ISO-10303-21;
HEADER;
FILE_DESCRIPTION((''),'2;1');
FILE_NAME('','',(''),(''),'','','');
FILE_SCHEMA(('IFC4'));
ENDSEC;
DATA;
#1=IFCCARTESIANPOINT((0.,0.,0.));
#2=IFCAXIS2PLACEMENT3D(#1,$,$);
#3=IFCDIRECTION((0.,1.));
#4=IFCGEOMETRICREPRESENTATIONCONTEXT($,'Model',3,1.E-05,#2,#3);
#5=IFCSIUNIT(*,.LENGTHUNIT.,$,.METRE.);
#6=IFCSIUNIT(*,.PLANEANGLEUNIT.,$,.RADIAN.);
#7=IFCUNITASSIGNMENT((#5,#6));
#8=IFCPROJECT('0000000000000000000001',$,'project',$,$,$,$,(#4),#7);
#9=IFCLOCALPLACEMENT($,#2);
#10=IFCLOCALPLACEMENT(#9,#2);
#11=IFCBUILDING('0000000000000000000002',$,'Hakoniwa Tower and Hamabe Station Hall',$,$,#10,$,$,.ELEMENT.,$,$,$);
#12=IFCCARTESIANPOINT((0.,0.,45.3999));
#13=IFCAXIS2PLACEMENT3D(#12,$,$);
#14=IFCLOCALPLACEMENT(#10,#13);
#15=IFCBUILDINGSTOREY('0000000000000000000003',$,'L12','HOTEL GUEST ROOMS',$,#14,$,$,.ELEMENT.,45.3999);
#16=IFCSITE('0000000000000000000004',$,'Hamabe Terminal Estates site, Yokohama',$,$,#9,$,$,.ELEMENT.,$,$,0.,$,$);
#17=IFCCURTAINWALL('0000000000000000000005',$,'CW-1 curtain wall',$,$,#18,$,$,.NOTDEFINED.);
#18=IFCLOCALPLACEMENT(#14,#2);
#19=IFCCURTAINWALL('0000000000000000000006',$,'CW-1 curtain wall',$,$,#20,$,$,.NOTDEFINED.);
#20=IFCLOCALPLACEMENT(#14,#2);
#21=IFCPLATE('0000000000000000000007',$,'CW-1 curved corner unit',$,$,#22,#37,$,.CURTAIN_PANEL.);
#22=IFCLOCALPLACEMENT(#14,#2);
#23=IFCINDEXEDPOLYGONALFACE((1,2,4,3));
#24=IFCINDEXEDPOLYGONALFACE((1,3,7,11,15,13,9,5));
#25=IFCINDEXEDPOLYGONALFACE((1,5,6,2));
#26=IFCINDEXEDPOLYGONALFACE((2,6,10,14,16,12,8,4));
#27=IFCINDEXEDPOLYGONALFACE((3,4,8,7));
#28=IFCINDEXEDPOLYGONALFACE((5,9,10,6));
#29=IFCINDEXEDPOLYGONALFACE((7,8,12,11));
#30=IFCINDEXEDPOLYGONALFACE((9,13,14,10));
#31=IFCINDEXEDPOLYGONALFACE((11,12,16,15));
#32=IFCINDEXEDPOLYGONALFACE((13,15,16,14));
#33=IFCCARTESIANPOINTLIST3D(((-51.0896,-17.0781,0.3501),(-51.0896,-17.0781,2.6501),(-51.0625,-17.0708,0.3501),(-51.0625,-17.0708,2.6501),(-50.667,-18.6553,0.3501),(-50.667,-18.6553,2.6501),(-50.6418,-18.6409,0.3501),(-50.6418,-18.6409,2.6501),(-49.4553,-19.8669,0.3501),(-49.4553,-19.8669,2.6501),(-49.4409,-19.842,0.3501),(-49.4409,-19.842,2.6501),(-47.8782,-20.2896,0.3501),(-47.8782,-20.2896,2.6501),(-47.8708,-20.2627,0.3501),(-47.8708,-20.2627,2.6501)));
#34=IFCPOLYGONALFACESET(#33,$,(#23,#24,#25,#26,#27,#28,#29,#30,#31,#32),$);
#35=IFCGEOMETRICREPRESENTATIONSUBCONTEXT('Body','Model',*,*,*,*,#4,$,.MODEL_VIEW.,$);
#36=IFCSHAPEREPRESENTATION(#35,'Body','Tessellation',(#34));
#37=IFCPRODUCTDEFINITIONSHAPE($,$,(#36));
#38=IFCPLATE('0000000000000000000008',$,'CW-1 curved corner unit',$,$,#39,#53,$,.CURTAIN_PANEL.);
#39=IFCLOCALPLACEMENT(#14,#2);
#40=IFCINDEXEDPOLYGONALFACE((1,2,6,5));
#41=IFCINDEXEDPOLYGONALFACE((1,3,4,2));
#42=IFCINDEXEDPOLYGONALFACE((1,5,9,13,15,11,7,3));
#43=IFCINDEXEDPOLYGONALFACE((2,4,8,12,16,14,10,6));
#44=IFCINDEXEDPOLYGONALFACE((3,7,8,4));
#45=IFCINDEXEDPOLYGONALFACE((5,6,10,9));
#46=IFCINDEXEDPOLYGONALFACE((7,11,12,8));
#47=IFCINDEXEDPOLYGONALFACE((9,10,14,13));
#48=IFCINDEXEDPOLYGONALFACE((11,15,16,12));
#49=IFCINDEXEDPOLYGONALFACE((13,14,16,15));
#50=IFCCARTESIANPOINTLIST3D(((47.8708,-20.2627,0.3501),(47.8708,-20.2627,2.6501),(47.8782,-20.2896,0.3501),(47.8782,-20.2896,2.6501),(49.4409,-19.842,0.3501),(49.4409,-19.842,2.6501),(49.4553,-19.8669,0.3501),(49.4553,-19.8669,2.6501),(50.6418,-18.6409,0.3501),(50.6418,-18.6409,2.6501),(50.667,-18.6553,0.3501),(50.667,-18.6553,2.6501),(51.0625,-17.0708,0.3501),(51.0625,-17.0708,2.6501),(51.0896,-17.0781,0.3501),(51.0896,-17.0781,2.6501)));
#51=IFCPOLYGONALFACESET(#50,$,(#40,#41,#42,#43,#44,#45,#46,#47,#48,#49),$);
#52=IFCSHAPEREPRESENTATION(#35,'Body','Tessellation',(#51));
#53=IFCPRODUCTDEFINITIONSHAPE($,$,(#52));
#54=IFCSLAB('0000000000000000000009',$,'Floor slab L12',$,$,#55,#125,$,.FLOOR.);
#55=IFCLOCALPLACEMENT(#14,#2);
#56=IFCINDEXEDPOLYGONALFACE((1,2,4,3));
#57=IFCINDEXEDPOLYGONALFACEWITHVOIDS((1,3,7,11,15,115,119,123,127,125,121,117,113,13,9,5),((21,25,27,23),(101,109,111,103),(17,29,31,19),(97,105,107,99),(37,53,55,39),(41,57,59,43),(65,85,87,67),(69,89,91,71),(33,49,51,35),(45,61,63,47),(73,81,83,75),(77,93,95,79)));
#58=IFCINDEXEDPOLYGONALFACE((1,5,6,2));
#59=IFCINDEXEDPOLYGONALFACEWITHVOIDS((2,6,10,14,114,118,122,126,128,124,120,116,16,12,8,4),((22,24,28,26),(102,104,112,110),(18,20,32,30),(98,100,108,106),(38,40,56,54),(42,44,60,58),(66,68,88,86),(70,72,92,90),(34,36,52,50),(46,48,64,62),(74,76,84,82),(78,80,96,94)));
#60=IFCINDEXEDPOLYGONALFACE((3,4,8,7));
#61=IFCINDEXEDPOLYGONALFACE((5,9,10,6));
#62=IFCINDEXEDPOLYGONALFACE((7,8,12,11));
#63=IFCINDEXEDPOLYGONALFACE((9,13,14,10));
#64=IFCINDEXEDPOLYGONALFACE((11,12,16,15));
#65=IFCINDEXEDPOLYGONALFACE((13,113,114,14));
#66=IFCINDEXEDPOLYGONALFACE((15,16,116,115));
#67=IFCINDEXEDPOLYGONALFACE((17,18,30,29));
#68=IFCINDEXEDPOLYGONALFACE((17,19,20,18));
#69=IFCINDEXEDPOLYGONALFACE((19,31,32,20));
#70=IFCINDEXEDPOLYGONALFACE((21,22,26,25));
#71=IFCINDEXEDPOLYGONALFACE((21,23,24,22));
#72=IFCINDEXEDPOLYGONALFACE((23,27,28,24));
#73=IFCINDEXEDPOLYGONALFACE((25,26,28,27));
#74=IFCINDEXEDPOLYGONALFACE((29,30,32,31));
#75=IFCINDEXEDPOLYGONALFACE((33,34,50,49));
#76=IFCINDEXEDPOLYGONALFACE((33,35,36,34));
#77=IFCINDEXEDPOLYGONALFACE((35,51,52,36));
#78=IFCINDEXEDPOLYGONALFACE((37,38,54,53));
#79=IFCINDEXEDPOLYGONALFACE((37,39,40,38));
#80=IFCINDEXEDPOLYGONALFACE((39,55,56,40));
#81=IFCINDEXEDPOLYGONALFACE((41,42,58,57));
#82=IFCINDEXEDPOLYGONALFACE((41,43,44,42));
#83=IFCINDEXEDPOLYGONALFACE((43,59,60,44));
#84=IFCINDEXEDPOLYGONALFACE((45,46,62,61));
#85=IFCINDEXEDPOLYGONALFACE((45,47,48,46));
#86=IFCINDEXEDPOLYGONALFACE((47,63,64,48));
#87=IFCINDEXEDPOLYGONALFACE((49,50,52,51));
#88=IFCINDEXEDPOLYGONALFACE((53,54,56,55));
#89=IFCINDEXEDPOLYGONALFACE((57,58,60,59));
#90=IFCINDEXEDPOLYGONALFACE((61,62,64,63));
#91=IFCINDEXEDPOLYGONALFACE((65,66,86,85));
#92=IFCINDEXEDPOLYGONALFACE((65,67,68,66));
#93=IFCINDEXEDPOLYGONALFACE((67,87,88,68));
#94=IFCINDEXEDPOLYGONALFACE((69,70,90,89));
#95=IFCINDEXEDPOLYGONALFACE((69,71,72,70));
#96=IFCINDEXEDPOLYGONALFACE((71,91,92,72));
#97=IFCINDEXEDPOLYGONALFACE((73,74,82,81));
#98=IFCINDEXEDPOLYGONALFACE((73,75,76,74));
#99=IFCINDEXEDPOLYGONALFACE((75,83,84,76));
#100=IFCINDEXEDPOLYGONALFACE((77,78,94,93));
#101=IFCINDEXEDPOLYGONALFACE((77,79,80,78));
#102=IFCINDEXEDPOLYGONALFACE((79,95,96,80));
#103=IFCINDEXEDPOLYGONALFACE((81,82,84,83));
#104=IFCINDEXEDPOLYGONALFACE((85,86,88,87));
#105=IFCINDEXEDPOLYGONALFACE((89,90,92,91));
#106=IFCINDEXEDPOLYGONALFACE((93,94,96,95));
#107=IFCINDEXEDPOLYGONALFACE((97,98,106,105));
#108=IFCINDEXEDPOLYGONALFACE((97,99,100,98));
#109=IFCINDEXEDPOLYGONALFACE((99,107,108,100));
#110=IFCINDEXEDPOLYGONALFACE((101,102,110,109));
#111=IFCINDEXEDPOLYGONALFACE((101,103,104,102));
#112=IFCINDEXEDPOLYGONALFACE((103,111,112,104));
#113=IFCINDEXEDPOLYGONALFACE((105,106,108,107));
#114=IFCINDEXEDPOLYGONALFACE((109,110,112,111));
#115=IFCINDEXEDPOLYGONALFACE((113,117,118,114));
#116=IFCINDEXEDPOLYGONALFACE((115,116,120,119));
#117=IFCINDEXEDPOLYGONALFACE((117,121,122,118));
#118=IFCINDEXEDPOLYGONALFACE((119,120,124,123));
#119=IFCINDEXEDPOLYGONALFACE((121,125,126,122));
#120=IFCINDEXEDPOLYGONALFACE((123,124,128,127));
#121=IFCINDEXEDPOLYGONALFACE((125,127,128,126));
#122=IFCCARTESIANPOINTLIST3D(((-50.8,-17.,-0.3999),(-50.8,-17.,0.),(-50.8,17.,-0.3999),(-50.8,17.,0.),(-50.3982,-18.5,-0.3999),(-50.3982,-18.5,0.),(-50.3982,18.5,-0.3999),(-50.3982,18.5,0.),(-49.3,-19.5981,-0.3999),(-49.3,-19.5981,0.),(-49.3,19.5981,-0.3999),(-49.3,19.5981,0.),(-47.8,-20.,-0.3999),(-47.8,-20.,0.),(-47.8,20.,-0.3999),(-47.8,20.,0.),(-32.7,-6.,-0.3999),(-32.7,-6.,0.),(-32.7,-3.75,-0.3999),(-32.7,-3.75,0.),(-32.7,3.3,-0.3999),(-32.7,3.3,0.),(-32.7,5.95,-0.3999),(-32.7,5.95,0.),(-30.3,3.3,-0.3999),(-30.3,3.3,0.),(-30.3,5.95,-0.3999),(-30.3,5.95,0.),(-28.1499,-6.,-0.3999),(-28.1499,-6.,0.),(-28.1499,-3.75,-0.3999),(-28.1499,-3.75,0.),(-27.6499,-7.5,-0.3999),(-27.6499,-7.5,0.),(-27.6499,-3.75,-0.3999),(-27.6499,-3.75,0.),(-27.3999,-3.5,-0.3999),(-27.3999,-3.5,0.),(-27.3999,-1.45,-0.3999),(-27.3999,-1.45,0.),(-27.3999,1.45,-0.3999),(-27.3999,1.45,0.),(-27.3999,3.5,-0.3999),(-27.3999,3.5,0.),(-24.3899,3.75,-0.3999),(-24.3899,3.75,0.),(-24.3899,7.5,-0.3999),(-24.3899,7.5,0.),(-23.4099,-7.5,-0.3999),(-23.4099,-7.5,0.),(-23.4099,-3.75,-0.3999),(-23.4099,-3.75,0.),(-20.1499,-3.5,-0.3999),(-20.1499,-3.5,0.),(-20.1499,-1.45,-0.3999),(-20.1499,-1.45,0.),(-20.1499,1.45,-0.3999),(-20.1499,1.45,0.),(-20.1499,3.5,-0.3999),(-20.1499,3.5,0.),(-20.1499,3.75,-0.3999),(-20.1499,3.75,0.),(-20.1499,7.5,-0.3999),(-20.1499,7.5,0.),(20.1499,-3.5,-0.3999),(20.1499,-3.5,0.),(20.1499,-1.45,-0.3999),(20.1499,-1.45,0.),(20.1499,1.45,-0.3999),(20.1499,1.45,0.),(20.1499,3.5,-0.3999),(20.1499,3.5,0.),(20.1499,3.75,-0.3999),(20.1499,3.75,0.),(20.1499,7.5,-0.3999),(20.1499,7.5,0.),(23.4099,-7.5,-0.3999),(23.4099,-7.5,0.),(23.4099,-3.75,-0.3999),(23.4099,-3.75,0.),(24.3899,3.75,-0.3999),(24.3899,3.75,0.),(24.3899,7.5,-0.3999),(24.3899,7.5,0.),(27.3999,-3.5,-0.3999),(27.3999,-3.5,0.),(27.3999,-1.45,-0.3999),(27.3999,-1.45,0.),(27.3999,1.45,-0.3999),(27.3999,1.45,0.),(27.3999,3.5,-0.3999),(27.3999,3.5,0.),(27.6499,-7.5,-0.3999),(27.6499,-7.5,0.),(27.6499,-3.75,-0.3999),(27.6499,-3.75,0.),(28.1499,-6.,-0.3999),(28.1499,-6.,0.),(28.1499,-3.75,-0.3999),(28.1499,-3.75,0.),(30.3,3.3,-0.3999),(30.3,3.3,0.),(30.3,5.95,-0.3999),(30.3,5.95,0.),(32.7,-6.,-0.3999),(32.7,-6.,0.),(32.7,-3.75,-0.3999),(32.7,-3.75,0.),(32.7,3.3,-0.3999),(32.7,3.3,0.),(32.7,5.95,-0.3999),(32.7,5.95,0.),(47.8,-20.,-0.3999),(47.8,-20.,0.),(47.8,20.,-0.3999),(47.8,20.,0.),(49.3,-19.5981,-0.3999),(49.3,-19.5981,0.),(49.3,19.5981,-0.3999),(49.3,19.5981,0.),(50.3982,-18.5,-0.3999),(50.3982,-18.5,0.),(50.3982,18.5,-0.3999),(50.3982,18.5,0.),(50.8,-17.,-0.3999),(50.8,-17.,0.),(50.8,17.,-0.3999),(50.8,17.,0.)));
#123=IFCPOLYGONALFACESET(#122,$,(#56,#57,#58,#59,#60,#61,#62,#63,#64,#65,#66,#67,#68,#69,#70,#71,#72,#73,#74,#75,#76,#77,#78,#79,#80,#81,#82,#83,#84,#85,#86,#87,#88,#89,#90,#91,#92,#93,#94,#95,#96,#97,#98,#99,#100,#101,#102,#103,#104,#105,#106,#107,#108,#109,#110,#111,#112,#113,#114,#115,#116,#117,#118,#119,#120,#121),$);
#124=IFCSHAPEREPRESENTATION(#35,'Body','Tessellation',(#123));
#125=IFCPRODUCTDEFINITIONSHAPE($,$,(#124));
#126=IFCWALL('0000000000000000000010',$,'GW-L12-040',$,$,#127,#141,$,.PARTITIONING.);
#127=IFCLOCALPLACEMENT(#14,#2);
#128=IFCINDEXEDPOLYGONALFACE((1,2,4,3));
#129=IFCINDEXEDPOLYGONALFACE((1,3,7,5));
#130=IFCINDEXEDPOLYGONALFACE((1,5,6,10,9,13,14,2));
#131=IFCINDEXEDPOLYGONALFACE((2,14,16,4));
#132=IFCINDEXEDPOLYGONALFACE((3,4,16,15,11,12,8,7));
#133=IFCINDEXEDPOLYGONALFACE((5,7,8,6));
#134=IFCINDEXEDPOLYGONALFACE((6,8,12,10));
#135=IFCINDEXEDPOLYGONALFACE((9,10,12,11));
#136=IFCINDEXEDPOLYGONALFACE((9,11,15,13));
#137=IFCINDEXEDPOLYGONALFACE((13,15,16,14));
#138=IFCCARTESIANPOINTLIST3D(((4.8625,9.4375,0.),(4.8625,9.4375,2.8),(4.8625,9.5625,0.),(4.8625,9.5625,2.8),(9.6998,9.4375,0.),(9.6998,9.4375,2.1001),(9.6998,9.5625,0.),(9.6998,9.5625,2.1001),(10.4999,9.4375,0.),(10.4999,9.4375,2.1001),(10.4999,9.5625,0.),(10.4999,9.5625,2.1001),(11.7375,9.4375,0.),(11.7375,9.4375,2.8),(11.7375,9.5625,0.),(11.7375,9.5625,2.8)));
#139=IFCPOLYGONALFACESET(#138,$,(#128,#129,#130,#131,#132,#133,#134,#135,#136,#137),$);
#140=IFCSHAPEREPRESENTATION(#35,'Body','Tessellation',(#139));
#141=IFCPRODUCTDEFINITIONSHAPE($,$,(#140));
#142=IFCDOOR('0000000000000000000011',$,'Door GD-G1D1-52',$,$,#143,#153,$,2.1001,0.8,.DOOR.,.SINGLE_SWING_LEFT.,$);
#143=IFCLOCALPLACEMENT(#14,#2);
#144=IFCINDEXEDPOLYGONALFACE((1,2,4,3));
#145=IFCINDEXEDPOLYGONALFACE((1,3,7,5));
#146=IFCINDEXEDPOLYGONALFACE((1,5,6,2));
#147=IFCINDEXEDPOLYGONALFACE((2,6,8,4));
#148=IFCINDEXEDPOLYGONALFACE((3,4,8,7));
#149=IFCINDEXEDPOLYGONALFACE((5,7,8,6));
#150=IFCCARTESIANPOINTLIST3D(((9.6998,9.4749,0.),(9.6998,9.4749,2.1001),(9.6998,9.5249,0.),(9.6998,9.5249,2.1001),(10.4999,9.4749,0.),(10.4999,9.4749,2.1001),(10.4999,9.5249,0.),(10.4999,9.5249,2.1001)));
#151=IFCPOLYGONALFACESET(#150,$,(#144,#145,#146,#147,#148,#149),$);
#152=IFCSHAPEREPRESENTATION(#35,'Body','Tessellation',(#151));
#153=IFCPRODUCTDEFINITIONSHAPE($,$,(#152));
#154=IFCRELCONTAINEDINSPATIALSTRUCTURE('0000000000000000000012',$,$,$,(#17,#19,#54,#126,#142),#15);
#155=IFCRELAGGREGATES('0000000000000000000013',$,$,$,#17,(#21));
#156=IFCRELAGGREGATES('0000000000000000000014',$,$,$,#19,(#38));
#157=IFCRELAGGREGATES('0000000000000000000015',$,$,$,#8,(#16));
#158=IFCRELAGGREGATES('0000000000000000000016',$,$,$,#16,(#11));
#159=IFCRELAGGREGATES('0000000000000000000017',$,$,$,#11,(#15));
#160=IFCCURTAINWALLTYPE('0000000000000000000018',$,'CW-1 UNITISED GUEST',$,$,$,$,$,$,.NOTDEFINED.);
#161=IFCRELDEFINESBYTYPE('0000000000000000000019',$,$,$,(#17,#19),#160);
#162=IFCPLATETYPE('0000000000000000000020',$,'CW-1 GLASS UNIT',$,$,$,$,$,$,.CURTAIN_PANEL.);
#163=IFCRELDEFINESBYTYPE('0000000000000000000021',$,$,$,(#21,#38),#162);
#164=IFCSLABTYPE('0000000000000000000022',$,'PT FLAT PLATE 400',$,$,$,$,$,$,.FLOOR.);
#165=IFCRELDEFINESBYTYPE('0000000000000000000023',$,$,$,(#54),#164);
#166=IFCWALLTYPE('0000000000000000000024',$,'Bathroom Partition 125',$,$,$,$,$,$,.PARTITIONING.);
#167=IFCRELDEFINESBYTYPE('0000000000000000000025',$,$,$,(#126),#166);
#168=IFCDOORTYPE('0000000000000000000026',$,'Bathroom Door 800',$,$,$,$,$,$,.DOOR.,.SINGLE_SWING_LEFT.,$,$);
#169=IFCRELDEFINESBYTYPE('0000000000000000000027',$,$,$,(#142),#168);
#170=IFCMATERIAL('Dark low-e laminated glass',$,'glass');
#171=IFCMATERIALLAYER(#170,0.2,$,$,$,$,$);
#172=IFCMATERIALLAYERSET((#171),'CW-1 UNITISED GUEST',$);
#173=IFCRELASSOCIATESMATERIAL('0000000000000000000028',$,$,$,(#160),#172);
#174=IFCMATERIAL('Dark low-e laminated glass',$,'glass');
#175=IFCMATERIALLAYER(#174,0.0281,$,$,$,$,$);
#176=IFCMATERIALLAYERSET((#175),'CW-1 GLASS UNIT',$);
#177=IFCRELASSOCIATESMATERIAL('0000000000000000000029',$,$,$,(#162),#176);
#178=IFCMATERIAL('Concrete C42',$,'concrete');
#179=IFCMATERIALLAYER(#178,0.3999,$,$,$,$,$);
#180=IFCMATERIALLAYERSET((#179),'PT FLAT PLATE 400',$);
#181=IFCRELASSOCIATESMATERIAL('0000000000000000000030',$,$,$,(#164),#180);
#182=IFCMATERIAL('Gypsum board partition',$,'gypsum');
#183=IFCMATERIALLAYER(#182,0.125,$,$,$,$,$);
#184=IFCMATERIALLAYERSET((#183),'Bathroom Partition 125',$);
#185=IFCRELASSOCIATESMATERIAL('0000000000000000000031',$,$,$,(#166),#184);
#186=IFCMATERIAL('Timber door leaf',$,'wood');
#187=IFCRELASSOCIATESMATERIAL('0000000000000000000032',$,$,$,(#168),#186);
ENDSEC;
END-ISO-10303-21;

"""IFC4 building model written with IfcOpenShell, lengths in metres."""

from ifc_helpers import new_model, si_unit, direction, frame, frame_2d, origin, place, context, subcontext, project, spatial, polyline, rectangle, outline, extrude, material, layer, layer_set, type_object, element, fill, aggregate, save


model = new_model("IFC4")

# Units and contexts
model_context = context("Model", 3, precision=1e-05, world=origin(), true_north=direction((0.0, 1.0)))
body_context = subcontext(model_context, "Body", "Model", "MODEL_VIEW")
ifc_project = project(units=[si_unit("LENGTHUNIT", "METRE"), si_unit("PLANEANGLEUNIT", "RADIAN")], contexts=[model_context])

# Site, building, storey
site_placement = place(None, origin())
site = spatial("IfcSite", under=ifc_project, at=site_placement, Name="Hamabe Terminal Estates site, Yokohama", CompositionType="ELEMENT", RefElevation=0.0)
building_placement = place(site_placement, origin())
building = spatial("IfcBuilding", under=site, at=building_placement, Name="Hakoniwa Tower and Hamabe Station Hall", CompositionType="ELEMENT")
storey_placement = place(building_placement, frame((0.0, 0.0, 45.3999)))
storey = spatial("IfcBuildingStorey", under=building, at=storey_placement, Name="L12", Description="HOTEL GUEST ROOMS", CompositionType="ELEMENT", Elevation=45.3999)

# Curtain walls
ifc_material_1 = material(Name="Dark low-e laminated glass", Category="glass")
ifc_layer_1 = layer(ifc_material_1, 0.2)
ifc_layer_set_1 = layer_set([ifc_layer_1], Name="CW-1 UNITISED GUEST")
curtain_wall_type = type_object("IfcCurtainWallType", Name="CW-1 UNITISED GUEST", PredefinedType="NOTDEFINED", material=ifc_layer_set_1)
curtain_wall_1_placement = place(storey_placement, origin())
curtain_wall_1 = element("IfcCurtainWall", 1, at=curtain_wall_1_placement, inside=storey, type_object=curtain_wall_type, Name="CW-1 curtain wall", PredefinedType="NOTDEFINED")
curtain_wall_2_placement = place(storey_placement, origin())
curtain_wall_2 = element("IfcCurtainWall", 2, at=curtain_wall_2_placement, inside=storey, type_object=curtain_wall_type, Name="CW-1 curtain wall", PredefinedType="NOTDEFINED")

# Plates
ifc_material_2 = material(Name="Dark low-e laminated glass", Category="glass")
ifc_layer_2 = layer(ifc_material_2, 0.0281)
ifc_layer_set_2 = layer_set([ifc_layer_2], Name="CW-1 GLASS UNIT")
plate_type = type_object("IfcPlateType", Name="CW-1 GLASS UNIT", PredefinedType="CURTAIN_PANEL", material=ifc_layer_set_2)
plate_1_placement = place(storey_placement, frame((0.0, 0.0, 0.3501)))
plate_1 = element("IfcPlate", 3, at=plate_1_placement, type_object=plate_type, Name="CW-1 curved corner unit", PredefinedType="CURTAIN_PANEL", context=body_context, shape_type="SweptSolid", body=[
    extrude(outline(polyline([(-51.0896, -17.0781), (-50.667, -18.6553), (-49.4553, -19.8669), (-47.8782, -20.2896), (-47.8708, -20.2627), (-49.4409, -19.842), (-50.6418, -18.6409), (-51.0625, -17.0708), (-51.0896, -17.0781)])), origin(), (0.0, 0.0, 1.0), 2.3),
])
aggregate(curtain_wall_1, [plate_1])
plate_2_placement = place(storey_placement, frame((0.0, 0.0, 0.3501)))
plate_2 = element("IfcPlate", 4, at=plate_2_placement, type_object=plate_type, Name="CW-1 curved corner unit", PredefinedType="CURTAIN_PANEL", context=body_context, shape_type="SweptSolid", body=[
    extrude(outline(polyline([(47.8782, -20.2896), (49.4553, -19.8669), (50.667, -18.6553), (51.0896, -17.0781), (51.0625, -17.0708), (50.6418, -18.6409), (49.4409, -19.842), (47.8708, -20.2627), (47.8782, -20.2896)])), origin(), (0.0, 0.0, 1.0), 2.3),
])
aggregate(curtain_wall_2, [plate_2])

# Slab
ifc_material_3 = material(Name="Concrete C42", Category="concrete")
ifc_layer_3 = layer(ifc_material_3, 0.3999)
ifc_layer_set_3 = layer_set([ifc_layer_3], Name="PT FLAT PLATE 400")
slab_type_1 = type_object("IfcSlabType", Name="PT FLAT PLATE 400", PredefinedType="FLOOR", material=ifc_layer_set_3)
slab_1_placement = place(storey_placement, frame((0.0, 0.0, -0.3999)))
element("IfcSlab", 5, at=slab_1_placement, inside=storey, type_object=slab_type_1, Name="Floor slab L12", PredefinedType="FLOOR", context=body_context, shape_type="SweptSolid", body=[
    extrude(outline(polyline([(50.8, -17.0), (50.8, 17.0), (50.3982, 18.5), (49.3, 19.5981), (47.8, 20.0), (-47.8, 20.0), (-49.3, 19.5981), (-50.3982, 18.5), (-50.8, 17.0), (-50.8, -17.0), (-50.3982, -18.5), (-49.3, -19.5981), (-47.8, -20.0), (47.8, -20.0), (49.3, -19.5981), (50.3982, -18.5), (50.8, -17.0)]), holes=[polyline([(-27.3999, 1.45), (-27.3999, 3.5), (-20.1499, 3.5), (-20.1499, 1.45), (-27.3999, 1.45)]), polyline([(-27.3999, -3.5), (-27.3999, -1.45), (-20.1499, -1.45), (-20.1499, -3.5), (-27.3999, -3.5)]), polyline([(-32.7, 3.3), (-32.7, 5.95), (-30.3, 5.95), (-30.3, 3.3), (-32.7, 3.3)]), polyline([(-32.7, -6.0), (-32.7, -3.75), (-28.1499, -3.75), (-28.1499, -6.0), (-32.7, -6.0)]), polyline([(-24.3899, 3.75), (-24.3899, 7.5), (-20.1499, 7.5), (-20.1499, 3.75), (-24.3899, 3.75)]), polyline([(-27.6499, -7.5), (-27.6499, -3.75), (-23.4099, -3.75), (-23.4099, -7.5), (-27.6499, -7.5)]), polyline([(20.1499, 1.45), (20.1499, 3.5), (27.3999, 3.5), (27.3999, 1.45), (20.1499, 1.45)]), polyline([(20.1499, -3.5), (20.1499, -1.45), (27.3999, -1.45), (27.3999, -3.5), (20.1499, -3.5)]), polyline([(30.3, 3.3), (30.3, 5.95), (32.7, 5.95), (32.7, 3.3), (30.3, 3.3)]), polyline([(28.1499, -6.0), (28.1499, -3.75), (32.7, -3.75), (32.7, -6.0), (28.1499, -6.0)]), polyline([(20.1499, 3.75), (20.1499, 7.5), (24.3899, 7.5), (24.3899, 3.75), (20.1499, 3.75)]), polyline([(23.4099, -7.5), (23.4099, -3.75), (27.6499, -3.75), (27.6499, -7.5), (23.4099, -7.5)])]), origin(), (0.0, 0.0, 1.0), 0.3999),
])

# Wall, opening, door
ifc_material_4 = material(Name="Gypsum board partition", Category="gypsum")
ifc_layer_4 = layer(ifc_material_4, 0.125)
ifc_layer_set_4 = layer_set([ifc_layer_4], Name="Bathroom Partition 125")
wall_type_1 = type_object("IfcWallType", Name="Bathroom Partition 125", PredefinedType="PARTITIONING", material=ifc_layer_set_4)
wall_1_placement = place(storey_placement, frame((4.8625, 9.5, 0.0), z_axis=(0.0, 0.0, 1.0), x_axis=(1.0, 0.0, 0.0)))
wall_1 = element("IfcWall", 6, at=wall_1_placement, inside=storey, type_object=wall_type_1, Name="GW-L12-040", PredefinedType="PARTITIONING", context=body_context, shape_type="SweptSolid", body=[
    extrude(rectangle(XDim=6.875, YDim=0.125, at=frame_2d((3.4375, 0.0))), origin(), (0.0, 0.0, 1.0), 2.8),
])
opening_1_placement = place(wall_1_placement, frame((4.8374, 0.0, 0.0)))
opening_1 = element("IfcOpeningElement", 7, at=opening_1_placement, cuts=wall_1, PredefinedType="OPENING", context=body_context, shape_type="SweptSolid", body=[
    extrude(rectangle(XDim=0.8, YDim=2.1001, at=frame_2d((0.3999, 1.05))), frame((0.0, 0.0725, 0.0), z_axis=(0.0, -1.0, 0.0), x_axis=(1.0, 0.0, 0.0)), (0.0, 0.0, 1.0), 0.145),
])
ifc_material_5 = material(Name="Timber door leaf", Category="wood")
door_type_1 = type_object("IfcDoorType", Name="Bathroom Door 800", OperationType="SINGLE_SWING_LEFT", PredefinedType="DOOR", material=ifc_material_5)
door_1_placement = place(opening_1_placement, origin())
door_1 = element("IfcDoor", 8, at=door_1_placement, inside=storey, type_object=door_type_1, Name="Door GD-G1D1-52", OperationType="SINGLE_SWING_LEFT", OverallHeight=2.1001, OverallWidth=0.8, PredefinedType="DOOR", context=body_context, shape_type="SweptSolid", body=[
    extrude(rectangle(XDim=0.8, YDim=2.1001, at=frame_2d((0.3999, 1.05))), frame((0.0, 0.0249, 0.0), z_axis=(0.0, -1.0, 0.0), x_axis=(1.0, 0.0, 0.0)), (0.0, 0.0, 1.0), 0.05),
])
fill(opening_1, door_1)

save(model, "model.ifc")
